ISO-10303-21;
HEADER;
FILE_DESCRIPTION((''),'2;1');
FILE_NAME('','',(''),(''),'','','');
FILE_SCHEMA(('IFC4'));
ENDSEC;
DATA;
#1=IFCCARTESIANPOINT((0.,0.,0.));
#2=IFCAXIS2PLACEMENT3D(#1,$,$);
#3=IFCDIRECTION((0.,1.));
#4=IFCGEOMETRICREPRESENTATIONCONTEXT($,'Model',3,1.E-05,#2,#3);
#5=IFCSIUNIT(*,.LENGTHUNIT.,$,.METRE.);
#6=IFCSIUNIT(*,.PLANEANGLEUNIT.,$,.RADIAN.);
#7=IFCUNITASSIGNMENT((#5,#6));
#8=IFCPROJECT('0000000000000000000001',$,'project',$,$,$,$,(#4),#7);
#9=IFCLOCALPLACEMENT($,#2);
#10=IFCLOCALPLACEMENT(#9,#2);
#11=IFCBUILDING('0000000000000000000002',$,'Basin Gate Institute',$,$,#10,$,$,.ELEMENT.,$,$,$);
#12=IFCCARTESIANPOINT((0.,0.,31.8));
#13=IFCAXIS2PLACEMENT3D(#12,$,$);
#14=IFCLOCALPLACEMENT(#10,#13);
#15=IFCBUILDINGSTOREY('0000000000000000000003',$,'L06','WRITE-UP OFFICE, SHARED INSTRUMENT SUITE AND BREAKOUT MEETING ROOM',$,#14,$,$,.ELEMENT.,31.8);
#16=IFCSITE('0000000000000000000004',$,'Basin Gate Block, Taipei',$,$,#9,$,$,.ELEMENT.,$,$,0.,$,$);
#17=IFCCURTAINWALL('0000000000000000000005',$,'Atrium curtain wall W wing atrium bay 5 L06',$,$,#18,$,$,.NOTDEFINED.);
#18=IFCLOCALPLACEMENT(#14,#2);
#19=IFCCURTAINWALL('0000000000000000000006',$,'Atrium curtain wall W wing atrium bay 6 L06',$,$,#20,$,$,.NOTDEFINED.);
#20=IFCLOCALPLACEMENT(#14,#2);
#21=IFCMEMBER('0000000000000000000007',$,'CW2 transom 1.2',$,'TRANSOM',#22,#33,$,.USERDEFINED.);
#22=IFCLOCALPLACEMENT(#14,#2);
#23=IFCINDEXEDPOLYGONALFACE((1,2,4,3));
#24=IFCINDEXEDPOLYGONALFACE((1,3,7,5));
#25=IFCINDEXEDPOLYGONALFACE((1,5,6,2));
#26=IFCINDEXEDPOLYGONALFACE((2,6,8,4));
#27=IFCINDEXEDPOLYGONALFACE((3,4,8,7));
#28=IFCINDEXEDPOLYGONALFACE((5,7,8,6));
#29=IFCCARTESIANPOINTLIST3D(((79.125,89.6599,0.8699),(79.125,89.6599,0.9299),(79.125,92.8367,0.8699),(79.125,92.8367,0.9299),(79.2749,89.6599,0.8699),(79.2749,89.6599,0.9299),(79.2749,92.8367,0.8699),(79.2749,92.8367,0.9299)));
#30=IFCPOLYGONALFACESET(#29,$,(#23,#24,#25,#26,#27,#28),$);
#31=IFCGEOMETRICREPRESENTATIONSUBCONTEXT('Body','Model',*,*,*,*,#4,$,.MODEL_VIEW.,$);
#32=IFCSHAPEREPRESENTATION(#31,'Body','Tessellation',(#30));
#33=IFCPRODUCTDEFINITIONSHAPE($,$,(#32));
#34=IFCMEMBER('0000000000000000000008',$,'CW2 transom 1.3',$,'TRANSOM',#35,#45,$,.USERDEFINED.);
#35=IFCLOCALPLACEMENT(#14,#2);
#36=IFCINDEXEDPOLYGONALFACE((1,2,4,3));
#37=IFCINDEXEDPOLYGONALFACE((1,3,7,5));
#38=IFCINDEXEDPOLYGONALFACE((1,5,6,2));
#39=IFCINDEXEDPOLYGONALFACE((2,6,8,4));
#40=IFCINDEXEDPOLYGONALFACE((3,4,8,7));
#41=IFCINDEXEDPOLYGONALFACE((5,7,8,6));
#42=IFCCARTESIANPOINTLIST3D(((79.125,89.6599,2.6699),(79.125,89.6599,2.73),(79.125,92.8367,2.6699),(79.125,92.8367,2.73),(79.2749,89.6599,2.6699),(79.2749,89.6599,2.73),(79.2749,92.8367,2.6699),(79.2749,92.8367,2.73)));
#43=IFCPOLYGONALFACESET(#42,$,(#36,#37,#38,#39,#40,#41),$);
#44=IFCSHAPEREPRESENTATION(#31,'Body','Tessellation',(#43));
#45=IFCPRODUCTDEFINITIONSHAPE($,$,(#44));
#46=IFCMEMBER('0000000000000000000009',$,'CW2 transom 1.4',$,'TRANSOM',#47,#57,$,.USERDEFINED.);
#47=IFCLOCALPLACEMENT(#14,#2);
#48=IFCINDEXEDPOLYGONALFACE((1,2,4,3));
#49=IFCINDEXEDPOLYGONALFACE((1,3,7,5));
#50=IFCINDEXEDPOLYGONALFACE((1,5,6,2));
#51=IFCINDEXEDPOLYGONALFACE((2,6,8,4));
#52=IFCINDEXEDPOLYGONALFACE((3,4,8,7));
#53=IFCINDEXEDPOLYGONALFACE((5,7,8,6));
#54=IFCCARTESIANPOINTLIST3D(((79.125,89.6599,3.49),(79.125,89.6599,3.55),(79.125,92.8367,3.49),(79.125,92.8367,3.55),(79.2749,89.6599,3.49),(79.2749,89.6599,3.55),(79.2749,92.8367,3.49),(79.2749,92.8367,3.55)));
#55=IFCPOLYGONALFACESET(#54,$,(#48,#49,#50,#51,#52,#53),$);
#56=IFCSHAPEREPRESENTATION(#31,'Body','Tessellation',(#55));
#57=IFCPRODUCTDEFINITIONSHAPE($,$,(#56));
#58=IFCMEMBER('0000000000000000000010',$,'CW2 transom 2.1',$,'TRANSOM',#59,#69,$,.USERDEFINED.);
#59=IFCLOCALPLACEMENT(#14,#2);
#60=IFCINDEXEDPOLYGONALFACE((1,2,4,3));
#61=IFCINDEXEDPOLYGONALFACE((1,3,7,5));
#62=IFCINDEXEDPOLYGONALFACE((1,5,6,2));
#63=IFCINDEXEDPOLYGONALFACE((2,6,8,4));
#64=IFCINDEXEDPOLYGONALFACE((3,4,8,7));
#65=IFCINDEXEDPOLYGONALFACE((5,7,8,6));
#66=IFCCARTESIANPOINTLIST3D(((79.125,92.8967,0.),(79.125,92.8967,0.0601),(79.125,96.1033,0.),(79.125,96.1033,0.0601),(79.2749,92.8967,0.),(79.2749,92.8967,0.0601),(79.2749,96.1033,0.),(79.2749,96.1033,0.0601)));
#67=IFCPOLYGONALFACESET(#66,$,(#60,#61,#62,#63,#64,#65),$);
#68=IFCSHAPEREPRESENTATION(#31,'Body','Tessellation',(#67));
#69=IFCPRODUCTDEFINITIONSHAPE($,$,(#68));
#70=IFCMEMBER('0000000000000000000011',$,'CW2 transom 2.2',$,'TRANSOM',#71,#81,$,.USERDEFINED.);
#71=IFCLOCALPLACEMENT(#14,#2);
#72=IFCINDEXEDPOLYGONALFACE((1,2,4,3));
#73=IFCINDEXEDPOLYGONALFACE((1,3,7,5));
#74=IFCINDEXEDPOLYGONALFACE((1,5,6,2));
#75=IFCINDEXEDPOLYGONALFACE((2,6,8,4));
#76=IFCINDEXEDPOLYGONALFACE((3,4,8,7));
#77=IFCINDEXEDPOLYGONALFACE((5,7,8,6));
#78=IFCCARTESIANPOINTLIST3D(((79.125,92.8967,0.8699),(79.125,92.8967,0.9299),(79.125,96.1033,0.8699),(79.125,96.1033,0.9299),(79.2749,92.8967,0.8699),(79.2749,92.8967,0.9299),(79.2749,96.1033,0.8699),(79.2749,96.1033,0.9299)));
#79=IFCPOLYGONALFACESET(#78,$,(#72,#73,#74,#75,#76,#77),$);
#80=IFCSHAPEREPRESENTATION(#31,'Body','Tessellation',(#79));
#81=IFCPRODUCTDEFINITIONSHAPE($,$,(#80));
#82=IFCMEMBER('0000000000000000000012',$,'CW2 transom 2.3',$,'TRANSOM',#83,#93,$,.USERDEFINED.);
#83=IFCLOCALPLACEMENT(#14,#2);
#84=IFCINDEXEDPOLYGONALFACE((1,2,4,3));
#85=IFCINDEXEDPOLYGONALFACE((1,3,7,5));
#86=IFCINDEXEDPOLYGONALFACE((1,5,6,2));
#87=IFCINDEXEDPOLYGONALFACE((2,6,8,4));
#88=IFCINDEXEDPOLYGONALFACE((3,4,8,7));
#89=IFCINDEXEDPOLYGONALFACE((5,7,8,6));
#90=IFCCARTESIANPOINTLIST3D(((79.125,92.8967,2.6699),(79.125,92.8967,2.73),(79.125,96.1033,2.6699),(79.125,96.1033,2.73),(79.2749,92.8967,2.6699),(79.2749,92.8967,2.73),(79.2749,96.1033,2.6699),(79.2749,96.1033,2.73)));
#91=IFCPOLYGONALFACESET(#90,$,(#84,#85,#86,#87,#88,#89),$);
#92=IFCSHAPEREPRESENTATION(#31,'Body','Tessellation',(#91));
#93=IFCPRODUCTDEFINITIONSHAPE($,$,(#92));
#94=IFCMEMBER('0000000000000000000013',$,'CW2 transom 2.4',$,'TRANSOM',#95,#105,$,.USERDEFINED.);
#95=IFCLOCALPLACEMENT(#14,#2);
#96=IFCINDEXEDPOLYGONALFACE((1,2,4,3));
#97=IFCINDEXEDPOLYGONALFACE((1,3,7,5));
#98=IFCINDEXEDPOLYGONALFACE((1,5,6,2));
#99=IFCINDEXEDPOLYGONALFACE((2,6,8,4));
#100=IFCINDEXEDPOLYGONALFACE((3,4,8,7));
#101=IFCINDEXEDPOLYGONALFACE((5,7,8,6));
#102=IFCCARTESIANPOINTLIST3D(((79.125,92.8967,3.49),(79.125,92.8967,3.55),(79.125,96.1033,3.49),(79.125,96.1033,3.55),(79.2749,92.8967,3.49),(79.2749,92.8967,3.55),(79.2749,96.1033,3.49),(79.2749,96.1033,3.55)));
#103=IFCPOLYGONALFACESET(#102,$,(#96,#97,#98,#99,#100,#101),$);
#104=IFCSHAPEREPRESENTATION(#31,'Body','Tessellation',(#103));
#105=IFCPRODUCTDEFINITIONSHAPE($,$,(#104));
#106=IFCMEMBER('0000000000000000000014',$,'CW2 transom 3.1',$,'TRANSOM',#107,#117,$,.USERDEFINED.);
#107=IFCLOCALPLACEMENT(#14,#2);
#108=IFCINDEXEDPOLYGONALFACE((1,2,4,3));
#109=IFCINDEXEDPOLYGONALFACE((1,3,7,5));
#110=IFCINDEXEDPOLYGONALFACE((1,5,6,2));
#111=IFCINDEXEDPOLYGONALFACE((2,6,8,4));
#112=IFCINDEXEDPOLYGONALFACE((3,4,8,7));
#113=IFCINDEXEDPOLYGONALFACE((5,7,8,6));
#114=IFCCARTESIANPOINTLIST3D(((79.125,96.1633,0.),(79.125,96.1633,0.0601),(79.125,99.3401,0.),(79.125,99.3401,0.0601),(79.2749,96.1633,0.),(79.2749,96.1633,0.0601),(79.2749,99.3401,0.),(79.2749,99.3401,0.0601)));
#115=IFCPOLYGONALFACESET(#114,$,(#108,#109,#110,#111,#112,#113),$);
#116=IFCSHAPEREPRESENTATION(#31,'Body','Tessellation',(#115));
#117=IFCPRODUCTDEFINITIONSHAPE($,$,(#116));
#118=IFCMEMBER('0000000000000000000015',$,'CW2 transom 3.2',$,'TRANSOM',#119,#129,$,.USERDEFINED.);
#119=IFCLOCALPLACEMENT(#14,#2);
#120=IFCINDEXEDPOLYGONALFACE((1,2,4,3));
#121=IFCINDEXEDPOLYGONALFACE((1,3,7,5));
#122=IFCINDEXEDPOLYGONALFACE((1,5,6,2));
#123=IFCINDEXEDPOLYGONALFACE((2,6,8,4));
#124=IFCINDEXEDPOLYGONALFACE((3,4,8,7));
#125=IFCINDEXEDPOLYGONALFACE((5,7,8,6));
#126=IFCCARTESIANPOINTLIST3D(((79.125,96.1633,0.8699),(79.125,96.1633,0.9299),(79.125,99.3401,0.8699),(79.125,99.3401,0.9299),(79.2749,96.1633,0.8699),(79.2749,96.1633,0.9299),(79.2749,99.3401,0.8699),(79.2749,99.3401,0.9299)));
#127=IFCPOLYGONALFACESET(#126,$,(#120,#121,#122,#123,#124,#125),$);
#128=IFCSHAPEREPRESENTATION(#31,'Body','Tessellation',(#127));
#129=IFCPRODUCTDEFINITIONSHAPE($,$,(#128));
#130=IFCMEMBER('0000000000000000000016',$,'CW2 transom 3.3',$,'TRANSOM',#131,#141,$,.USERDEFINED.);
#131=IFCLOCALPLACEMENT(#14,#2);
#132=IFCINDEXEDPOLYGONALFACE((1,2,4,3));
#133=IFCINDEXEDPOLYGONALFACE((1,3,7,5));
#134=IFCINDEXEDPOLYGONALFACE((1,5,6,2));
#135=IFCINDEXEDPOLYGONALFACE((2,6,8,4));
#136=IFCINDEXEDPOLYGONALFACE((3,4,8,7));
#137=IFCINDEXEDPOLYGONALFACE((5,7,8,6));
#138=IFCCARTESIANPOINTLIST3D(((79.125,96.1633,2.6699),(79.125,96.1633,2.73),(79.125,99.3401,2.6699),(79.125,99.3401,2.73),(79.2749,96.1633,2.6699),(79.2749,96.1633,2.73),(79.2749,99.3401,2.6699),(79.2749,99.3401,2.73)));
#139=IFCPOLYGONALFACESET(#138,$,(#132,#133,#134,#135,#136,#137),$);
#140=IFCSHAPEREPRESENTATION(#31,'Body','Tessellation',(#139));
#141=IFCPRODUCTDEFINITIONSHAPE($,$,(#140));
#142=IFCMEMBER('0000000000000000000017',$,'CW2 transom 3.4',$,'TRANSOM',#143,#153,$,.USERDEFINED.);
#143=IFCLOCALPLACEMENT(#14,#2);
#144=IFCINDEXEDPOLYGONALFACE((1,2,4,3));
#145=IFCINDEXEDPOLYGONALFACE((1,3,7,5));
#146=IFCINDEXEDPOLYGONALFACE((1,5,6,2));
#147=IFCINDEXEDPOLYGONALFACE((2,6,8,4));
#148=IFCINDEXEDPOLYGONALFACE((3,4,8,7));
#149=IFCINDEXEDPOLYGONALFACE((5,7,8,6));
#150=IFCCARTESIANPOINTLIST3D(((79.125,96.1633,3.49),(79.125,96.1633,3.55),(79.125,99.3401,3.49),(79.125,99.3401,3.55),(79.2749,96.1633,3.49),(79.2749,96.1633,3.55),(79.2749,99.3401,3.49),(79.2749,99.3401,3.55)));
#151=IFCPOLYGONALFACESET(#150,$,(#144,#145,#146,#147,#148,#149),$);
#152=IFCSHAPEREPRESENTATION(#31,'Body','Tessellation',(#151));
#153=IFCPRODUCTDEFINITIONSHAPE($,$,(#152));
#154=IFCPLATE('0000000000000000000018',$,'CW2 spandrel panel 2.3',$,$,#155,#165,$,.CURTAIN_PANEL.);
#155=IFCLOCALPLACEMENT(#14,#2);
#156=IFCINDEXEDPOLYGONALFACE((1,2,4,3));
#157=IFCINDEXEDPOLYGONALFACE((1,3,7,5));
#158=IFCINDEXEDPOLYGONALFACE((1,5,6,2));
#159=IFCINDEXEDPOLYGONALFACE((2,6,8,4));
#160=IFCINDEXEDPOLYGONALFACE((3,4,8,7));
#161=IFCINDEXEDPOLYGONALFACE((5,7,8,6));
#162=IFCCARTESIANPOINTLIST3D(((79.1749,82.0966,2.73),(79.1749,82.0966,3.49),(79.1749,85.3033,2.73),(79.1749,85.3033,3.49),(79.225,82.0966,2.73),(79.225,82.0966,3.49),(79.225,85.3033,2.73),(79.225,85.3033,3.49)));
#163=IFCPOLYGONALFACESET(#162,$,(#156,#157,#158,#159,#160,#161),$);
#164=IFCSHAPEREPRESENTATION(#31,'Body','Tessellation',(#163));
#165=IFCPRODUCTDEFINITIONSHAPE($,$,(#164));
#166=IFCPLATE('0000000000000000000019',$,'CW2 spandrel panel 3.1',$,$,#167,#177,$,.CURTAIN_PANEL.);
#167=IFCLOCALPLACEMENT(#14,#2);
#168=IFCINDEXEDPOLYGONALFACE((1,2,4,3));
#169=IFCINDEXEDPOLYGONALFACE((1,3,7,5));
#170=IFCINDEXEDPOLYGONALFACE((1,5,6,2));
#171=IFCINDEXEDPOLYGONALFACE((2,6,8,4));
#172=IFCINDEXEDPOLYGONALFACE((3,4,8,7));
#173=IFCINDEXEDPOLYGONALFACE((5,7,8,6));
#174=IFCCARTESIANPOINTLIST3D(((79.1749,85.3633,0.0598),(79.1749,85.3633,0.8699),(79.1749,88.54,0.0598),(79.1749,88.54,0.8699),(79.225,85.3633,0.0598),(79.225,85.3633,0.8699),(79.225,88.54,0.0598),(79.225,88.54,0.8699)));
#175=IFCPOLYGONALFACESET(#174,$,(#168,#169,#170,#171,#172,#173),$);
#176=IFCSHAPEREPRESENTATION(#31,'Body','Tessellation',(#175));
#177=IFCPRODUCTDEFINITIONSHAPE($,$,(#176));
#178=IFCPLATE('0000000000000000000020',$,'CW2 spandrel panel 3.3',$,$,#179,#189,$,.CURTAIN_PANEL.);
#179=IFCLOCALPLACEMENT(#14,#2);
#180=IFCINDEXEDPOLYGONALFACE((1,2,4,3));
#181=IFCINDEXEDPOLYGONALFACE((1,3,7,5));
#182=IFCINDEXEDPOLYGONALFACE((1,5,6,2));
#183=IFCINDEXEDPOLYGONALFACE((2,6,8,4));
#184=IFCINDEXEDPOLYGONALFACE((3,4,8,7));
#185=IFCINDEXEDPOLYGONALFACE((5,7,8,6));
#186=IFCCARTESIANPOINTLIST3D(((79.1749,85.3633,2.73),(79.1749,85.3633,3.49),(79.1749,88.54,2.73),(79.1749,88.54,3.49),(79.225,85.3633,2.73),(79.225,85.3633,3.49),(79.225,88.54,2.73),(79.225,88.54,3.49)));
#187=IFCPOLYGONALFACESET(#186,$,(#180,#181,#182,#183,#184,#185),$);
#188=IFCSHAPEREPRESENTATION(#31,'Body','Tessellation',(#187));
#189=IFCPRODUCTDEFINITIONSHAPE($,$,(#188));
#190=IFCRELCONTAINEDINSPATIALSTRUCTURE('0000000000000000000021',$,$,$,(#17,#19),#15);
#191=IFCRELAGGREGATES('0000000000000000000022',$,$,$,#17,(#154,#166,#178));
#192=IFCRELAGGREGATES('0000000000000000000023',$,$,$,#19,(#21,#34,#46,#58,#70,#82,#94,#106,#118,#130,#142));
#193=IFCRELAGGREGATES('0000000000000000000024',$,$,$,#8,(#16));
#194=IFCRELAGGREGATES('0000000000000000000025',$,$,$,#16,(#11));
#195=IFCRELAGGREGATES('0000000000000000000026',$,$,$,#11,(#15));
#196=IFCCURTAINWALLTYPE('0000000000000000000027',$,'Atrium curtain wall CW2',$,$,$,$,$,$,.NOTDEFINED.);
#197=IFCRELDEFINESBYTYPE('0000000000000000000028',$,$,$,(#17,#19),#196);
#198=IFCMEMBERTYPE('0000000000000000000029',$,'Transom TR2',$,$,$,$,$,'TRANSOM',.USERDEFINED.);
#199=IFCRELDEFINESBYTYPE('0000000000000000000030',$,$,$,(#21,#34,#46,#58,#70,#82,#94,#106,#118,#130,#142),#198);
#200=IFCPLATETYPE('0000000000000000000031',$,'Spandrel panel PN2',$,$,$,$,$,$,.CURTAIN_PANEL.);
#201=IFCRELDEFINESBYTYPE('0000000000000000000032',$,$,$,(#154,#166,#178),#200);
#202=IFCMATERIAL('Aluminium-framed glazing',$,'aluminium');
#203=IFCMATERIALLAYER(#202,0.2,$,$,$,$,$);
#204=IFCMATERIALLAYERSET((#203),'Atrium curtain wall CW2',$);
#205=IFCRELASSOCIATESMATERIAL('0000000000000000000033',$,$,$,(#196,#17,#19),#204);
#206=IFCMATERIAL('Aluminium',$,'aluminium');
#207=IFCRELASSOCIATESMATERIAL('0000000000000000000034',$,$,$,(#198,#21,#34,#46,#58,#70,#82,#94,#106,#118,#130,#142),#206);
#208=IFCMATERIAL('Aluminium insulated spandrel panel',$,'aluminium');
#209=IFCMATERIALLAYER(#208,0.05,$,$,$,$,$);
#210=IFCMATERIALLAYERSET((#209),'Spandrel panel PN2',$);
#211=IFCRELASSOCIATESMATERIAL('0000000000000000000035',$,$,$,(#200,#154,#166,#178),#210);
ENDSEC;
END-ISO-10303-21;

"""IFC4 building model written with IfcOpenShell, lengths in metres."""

from ifc_helpers import new_model, si_unit, direction, frame, origin, origin_2d, place, context, subcontext, project, spatial, rectangle, extrude, material, layer, layer_set, material_profile, profile_set, type_object, element, aggregate, save


model = new_model("IFC4")

# Units and contexts
model_context = context("Model", 3, precision=1e-05, world=origin(), true_north=direction((0.0, 1.0)))
body_context = subcontext(model_context, "Body", "Model", "MODEL_VIEW")
ifc_project = project(units=[si_unit("LENGTHUNIT", "METRE"), si_unit("PLANEANGLEUNIT", "RADIAN")], contexts=[model_context])

# Site, building, storey
site_placement = place(None, origin())
site = spatial("IfcSite", under=ifc_project, at=site_placement, Name="Basin Gate Block, Taipei", CompositionType="ELEMENT", RefElevation=0.0)
building_placement = place(site_placement, origin())
building = spatial("IfcBuilding", under=site, at=building_placement, Name="Basin Gate Institute", CompositionType="ELEMENT")
storey_placement = place(building_placement, frame((0.0, 0.0, 31.8)))
storey = spatial("IfcBuildingStorey", under=building, at=storey_placement, Name="L06", Description="WRITE-UP OFFICE, SHARED INSTRUMENT SUITE AND BREAKOUT MEETING ROOM", CompositionType="ELEMENT", Elevation=31.8)

# Curtain walls
ifc_material_1 = material(Name="Aluminium-framed glazing", Category="aluminium")
ifc_layer_1 = layer(ifc_material_1, 0.2)
ifc_layer_set_1 = layer_set([ifc_layer_1], Name="Atrium curtain wall CW2")
curtain_wall_type = type_object("IfcCurtainWallType", Name="Atrium curtain wall CW2", PredefinedType="NOTDEFINED", material=ifc_layer_set_1)
curtain_wall_1_placement = place(storey_placement, origin())
curtain_wall_1 = element("IfcCurtainWall", 1, at=curtain_wall_1_placement, inside=storey, type_object=curtain_wall_type, material=ifc_layer_set_1, Name="Atrium curtain wall W wing atrium bay 5 L06", PredefinedType="NOTDEFINED")
curtain_wall_2_placement = place(storey_placement, origin())
curtain_wall_2 = element("IfcCurtainWall", 2, at=curtain_wall_2_placement, inside=storey, type_object=curtain_wall_type, material=ifc_layer_set_1, Name="Atrium curtain wall W wing atrium bay 6 L06", PredefinedType="NOTDEFINED")

# Members
ifc_material_2 = material(Name="Aluminium", Category="aluminium")
ifc_material_profile_1 = material_profile(ifc_material_2, rectangle(XDim=0.1499, YDim=0.0601, at=origin_2d()), Name="Transom TR2 150 x 60")
ifc_profile_set_1 = profile_set([ifc_material_profile_1], Name="Aluminium")
member_type_1 = type_object("IfcMemberType", Name="Transom TR2", ElementType="TRANSOM", PredefinedType="USERDEFINED", material=ifc_profile_set_1)
member_1_placement = place(storey_placement, frame((79.2, 89.6599, 0.8999), z_axis=(0.0, 1.0, 0.0), x_axis=(-1.0, 0.0, 0.0)))
member_1 = element("IfcMember", 3, at=member_1_placement, type_object=member_type_1, material=ifc_profile_set_1, Name="CW2 transom 1.2", ObjectType="TRANSOM", PredefinedType="USERDEFINED", context=body_context, shape_type="SweptSolid", body=[
    extrude(rectangle(XDim=0.1499, YDim=0.0601, at=origin_2d()), origin(), (0.0, 0.0, 1.0), 3.1768),
])
member_2_placement = place(storey_placement, frame((79.2, 89.6599, 2.7), z_axis=(0.0, 1.0, 0.0), x_axis=(-1.0, 0.0, 0.0)))
member_2 = element("IfcMember", 4, at=member_2_placement, type_object=member_type_1, material=ifc_profile_set_1, Name="CW2 transom 1.3", ObjectType="TRANSOM", PredefinedType="USERDEFINED", context=body_context, shape_type="SweptSolid", body=[
    extrude(rectangle(XDim=0.1499, YDim=0.0601, at=origin_2d()), origin(), (0.0, 0.0, 1.0), 3.1768),
])
member_3_placement = place(storey_placement, frame((79.2, 89.6599, 3.52), z_axis=(0.0, 1.0, 0.0), x_axis=(-1.0, 0.0, 0.0)))
member_3 = element("IfcMember", 5, at=member_3_placement, type_object=member_type_1, material=ifc_profile_set_1, Name="CW2 transom 1.4", ObjectType="TRANSOM", PredefinedType="USERDEFINED", context=body_context, shape_type="SweptSolid", body=[
    extrude(rectangle(XDim=0.1499, YDim=0.0601, at=origin_2d()), origin(), (0.0, 0.0, 1.0), 3.1768),
])
member_4_placement = place(storey_placement, frame((79.2, 92.8967, 0.03), z_axis=(0.0, 1.0, 0.0), x_axis=(-1.0, 0.0, 0.0)))
member_4 = element("IfcMember", 6, at=member_4_placement, type_object=member_type_1, material=ifc_profile_set_1, Name="CW2 transom 2.1", ObjectType="TRANSOM", PredefinedType="USERDEFINED", context=body_context, shape_type="SweptSolid", body=[
    extrude(rectangle(XDim=0.1499, YDim=0.0601, at=origin_2d()), origin(), (0.0, 0.0, 1.0), 3.2065),
])
member_5_placement = place(storey_placement, frame((79.2, 92.8967, 0.8999), z_axis=(0.0, 1.0, 0.0), x_axis=(-1.0, 0.0, 0.0)))
member_5 = element("IfcMember", 7, at=member_5_placement, type_object=member_type_1, material=ifc_profile_set_1, Name="CW2 transom 2.2", ObjectType="TRANSOM", PredefinedType="USERDEFINED", context=body_context, shape_type="SweptSolid", body=[
    extrude(rectangle(XDim=0.1499, YDim=0.0601, at=origin_2d()), origin(), (0.0, 0.0, 1.0), 3.2065),
])
member_6_placement = place(storey_placement, frame((79.2, 92.8967, 2.7), z_axis=(0.0, 1.0, 0.0), x_axis=(-1.0, 0.0, 0.0)))
member_6 = element("IfcMember", 8, at=member_6_placement, type_object=member_type_1, material=ifc_profile_set_1, Name="CW2 transom 2.3", ObjectType="TRANSOM", PredefinedType="USERDEFINED", context=body_context, shape_type="SweptSolid", body=[
    extrude(rectangle(XDim=0.1499, YDim=0.0601, at=origin_2d()), origin(), (0.0, 0.0, 1.0), 3.2065),
])
member_7_placement = place(storey_placement, frame((79.2, 92.8967, 3.52), z_axis=(0.0, 1.0, 0.0), x_axis=(-1.0, 0.0, 0.0)))
member_7 = element("IfcMember", 9, at=member_7_placement, type_object=member_type_1, material=ifc_profile_set_1, Name="CW2 transom 2.4", ObjectType="TRANSOM", PredefinedType="USERDEFINED", context=body_context, shape_type="SweptSolid", body=[
    extrude(rectangle(XDim=0.1499, YDim=0.0601, at=origin_2d()), origin(), (0.0, 0.0, 1.0), 3.2065),
])
member_8_placement = place(storey_placement, frame((79.2, 96.1633, 0.03), z_axis=(0.0, 1.0, 0.0), x_axis=(-1.0, 0.0, 0.0)))
member_8 = element("IfcMember", 10, at=member_8_placement, type_object=member_type_1, material=ifc_profile_set_1, Name="CW2 transom 3.1", ObjectType="TRANSOM", PredefinedType="USERDEFINED", context=body_context, shape_type="SweptSolid", body=[
    extrude(rectangle(XDim=0.1499, YDim=0.0601, at=origin_2d()), origin(), (0.0, 0.0, 1.0), 3.1768),
])
member_9_placement = place(storey_placement, frame((79.2, 96.1633, 0.8999), z_axis=(0.0, 1.0, 0.0), x_axis=(-1.0, 0.0, 0.0)))
member_9 = element("IfcMember", 11, at=member_9_placement, type_object=member_type_1, material=ifc_profile_set_1, Name="CW2 transom 3.2", ObjectType="TRANSOM", PredefinedType="USERDEFINED", context=body_context, shape_type="SweptSolid", body=[
    extrude(rectangle(XDim=0.1499, YDim=0.0601, at=origin_2d()), origin(), (0.0, 0.0, 1.0), 3.1768),
])
member_10_placement = place(storey_placement, frame((79.2, 96.1633, 2.7), z_axis=(0.0, 1.0, 0.0), x_axis=(-1.0, 0.0, 0.0)))
member_10 = element("IfcMember", 12, at=member_10_placement, type_object=member_type_1, material=ifc_profile_set_1, Name="CW2 transom 3.3", ObjectType="TRANSOM", PredefinedType="USERDEFINED", context=body_context, shape_type="SweptSolid", body=[
    extrude(rectangle(XDim=0.1499, YDim=0.0601, at=origin_2d()), origin(), (0.0, 0.0, 1.0), 3.1768),
])
member_11_placement = place(storey_placement, frame((79.2, 96.1633, 3.52), z_axis=(0.0, 1.0, 0.0), x_axis=(-1.0, 0.0, 0.0)))
member_11 = element("IfcMember", 13, at=member_11_placement, type_object=member_type_1, material=ifc_profile_set_1, Name="CW2 transom 3.4", ObjectType="TRANSOM", PredefinedType="USERDEFINED", context=body_context, shape_type="SweptSolid", body=[
    extrude(rectangle(XDim=0.1499, YDim=0.0601, at=origin_2d()), origin(), (0.0, 0.0, 1.0), 3.1768),
])

# Plates
ifc_material_3 = material(Name="Aluminium insulated spandrel panel", Category="aluminium")
ifc_layer_2 = layer(ifc_material_3, 0.05)
ifc_layer_set_2 = layer_set([ifc_layer_2], Name="Spandrel panel PN2")
plate_type_1 = type_object("IfcPlateType", Name="Spandrel panel PN2", PredefinedType="CURTAIN_PANEL", material=ifc_layer_set_2)
plate_1_placement = place(storey_placement, frame((79.2, 83.7, 2.73), z_axis=(0.0, 0.0, 1.0), x_axis=(0.0, 1.0, 0.0)))
plate_1 = element("IfcPlate", 14, at=plate_1_placement, type_object=plate_type_1, material=ifc_layer_set_2, Name="CW2 spandrel panel 2.3", PredefinedType="CURTAIN_PANEL", context=body_context, shape_type="SweptSolid", body=[
    extrude(rectangle(XDim=3.2068, YDim=0.05, at=origin_2d()), origin(), (0.0, 0.0, 1.0), 0.76),
])
plate_2_placement = place(storey_placement, frame((79.2, 86.9517, 0.0598), z_axis=(0.0, 0.0, 1.0), x_axis=(0.0, 1.0, 0.0)))
plate_2 = element("IfcPlate", 15, at=plate_2_placement, type_object=plate_type_1, material=ifc_layer_set_2, Name="CW2 spandrel panel 3.1", PredefinedType="CURTAIN_PANEL", context=body_context, shape_type="SweptSolid", body=[
    extrude(rectangle(XDim=3.1768, YDim=0.05, at=origin_2d()), origin(), (0.0, 0.0, 1.0), 0.8101),
])
plate_3_placement = place(storey_placement, frame((79.2, 86.9517, 2.73), z_axis=(0.0, 0.0, 1.0), x_axis=(0.0, 1.0, 0.0)))
plate_3 = element("IfcPlate", 16, at=plate_3_placement, type_object=plate_type_1, material=ifc_layer_set_2, Name="CW2 spandrel panel 3.3", PredefinedType="CURTAIN_PANEL", context=body_context, shape_type="SweptSolid", body=[
    extrude(rectangle(XDim=3.1768, YDim=0.05, at=origin_2d()), origin(), (0.0, 0.0, 1.0), 0.76),
])
aggregate(curtain_wall_1, [plate_1, plate_2, plate_3])
aggregate(curtain_wall_2, [member_1, member_2, member_3, member_4, member_5, member_6, member_7, member_8, member_9, member_10, member_11])

save(model, "model.ifc")
